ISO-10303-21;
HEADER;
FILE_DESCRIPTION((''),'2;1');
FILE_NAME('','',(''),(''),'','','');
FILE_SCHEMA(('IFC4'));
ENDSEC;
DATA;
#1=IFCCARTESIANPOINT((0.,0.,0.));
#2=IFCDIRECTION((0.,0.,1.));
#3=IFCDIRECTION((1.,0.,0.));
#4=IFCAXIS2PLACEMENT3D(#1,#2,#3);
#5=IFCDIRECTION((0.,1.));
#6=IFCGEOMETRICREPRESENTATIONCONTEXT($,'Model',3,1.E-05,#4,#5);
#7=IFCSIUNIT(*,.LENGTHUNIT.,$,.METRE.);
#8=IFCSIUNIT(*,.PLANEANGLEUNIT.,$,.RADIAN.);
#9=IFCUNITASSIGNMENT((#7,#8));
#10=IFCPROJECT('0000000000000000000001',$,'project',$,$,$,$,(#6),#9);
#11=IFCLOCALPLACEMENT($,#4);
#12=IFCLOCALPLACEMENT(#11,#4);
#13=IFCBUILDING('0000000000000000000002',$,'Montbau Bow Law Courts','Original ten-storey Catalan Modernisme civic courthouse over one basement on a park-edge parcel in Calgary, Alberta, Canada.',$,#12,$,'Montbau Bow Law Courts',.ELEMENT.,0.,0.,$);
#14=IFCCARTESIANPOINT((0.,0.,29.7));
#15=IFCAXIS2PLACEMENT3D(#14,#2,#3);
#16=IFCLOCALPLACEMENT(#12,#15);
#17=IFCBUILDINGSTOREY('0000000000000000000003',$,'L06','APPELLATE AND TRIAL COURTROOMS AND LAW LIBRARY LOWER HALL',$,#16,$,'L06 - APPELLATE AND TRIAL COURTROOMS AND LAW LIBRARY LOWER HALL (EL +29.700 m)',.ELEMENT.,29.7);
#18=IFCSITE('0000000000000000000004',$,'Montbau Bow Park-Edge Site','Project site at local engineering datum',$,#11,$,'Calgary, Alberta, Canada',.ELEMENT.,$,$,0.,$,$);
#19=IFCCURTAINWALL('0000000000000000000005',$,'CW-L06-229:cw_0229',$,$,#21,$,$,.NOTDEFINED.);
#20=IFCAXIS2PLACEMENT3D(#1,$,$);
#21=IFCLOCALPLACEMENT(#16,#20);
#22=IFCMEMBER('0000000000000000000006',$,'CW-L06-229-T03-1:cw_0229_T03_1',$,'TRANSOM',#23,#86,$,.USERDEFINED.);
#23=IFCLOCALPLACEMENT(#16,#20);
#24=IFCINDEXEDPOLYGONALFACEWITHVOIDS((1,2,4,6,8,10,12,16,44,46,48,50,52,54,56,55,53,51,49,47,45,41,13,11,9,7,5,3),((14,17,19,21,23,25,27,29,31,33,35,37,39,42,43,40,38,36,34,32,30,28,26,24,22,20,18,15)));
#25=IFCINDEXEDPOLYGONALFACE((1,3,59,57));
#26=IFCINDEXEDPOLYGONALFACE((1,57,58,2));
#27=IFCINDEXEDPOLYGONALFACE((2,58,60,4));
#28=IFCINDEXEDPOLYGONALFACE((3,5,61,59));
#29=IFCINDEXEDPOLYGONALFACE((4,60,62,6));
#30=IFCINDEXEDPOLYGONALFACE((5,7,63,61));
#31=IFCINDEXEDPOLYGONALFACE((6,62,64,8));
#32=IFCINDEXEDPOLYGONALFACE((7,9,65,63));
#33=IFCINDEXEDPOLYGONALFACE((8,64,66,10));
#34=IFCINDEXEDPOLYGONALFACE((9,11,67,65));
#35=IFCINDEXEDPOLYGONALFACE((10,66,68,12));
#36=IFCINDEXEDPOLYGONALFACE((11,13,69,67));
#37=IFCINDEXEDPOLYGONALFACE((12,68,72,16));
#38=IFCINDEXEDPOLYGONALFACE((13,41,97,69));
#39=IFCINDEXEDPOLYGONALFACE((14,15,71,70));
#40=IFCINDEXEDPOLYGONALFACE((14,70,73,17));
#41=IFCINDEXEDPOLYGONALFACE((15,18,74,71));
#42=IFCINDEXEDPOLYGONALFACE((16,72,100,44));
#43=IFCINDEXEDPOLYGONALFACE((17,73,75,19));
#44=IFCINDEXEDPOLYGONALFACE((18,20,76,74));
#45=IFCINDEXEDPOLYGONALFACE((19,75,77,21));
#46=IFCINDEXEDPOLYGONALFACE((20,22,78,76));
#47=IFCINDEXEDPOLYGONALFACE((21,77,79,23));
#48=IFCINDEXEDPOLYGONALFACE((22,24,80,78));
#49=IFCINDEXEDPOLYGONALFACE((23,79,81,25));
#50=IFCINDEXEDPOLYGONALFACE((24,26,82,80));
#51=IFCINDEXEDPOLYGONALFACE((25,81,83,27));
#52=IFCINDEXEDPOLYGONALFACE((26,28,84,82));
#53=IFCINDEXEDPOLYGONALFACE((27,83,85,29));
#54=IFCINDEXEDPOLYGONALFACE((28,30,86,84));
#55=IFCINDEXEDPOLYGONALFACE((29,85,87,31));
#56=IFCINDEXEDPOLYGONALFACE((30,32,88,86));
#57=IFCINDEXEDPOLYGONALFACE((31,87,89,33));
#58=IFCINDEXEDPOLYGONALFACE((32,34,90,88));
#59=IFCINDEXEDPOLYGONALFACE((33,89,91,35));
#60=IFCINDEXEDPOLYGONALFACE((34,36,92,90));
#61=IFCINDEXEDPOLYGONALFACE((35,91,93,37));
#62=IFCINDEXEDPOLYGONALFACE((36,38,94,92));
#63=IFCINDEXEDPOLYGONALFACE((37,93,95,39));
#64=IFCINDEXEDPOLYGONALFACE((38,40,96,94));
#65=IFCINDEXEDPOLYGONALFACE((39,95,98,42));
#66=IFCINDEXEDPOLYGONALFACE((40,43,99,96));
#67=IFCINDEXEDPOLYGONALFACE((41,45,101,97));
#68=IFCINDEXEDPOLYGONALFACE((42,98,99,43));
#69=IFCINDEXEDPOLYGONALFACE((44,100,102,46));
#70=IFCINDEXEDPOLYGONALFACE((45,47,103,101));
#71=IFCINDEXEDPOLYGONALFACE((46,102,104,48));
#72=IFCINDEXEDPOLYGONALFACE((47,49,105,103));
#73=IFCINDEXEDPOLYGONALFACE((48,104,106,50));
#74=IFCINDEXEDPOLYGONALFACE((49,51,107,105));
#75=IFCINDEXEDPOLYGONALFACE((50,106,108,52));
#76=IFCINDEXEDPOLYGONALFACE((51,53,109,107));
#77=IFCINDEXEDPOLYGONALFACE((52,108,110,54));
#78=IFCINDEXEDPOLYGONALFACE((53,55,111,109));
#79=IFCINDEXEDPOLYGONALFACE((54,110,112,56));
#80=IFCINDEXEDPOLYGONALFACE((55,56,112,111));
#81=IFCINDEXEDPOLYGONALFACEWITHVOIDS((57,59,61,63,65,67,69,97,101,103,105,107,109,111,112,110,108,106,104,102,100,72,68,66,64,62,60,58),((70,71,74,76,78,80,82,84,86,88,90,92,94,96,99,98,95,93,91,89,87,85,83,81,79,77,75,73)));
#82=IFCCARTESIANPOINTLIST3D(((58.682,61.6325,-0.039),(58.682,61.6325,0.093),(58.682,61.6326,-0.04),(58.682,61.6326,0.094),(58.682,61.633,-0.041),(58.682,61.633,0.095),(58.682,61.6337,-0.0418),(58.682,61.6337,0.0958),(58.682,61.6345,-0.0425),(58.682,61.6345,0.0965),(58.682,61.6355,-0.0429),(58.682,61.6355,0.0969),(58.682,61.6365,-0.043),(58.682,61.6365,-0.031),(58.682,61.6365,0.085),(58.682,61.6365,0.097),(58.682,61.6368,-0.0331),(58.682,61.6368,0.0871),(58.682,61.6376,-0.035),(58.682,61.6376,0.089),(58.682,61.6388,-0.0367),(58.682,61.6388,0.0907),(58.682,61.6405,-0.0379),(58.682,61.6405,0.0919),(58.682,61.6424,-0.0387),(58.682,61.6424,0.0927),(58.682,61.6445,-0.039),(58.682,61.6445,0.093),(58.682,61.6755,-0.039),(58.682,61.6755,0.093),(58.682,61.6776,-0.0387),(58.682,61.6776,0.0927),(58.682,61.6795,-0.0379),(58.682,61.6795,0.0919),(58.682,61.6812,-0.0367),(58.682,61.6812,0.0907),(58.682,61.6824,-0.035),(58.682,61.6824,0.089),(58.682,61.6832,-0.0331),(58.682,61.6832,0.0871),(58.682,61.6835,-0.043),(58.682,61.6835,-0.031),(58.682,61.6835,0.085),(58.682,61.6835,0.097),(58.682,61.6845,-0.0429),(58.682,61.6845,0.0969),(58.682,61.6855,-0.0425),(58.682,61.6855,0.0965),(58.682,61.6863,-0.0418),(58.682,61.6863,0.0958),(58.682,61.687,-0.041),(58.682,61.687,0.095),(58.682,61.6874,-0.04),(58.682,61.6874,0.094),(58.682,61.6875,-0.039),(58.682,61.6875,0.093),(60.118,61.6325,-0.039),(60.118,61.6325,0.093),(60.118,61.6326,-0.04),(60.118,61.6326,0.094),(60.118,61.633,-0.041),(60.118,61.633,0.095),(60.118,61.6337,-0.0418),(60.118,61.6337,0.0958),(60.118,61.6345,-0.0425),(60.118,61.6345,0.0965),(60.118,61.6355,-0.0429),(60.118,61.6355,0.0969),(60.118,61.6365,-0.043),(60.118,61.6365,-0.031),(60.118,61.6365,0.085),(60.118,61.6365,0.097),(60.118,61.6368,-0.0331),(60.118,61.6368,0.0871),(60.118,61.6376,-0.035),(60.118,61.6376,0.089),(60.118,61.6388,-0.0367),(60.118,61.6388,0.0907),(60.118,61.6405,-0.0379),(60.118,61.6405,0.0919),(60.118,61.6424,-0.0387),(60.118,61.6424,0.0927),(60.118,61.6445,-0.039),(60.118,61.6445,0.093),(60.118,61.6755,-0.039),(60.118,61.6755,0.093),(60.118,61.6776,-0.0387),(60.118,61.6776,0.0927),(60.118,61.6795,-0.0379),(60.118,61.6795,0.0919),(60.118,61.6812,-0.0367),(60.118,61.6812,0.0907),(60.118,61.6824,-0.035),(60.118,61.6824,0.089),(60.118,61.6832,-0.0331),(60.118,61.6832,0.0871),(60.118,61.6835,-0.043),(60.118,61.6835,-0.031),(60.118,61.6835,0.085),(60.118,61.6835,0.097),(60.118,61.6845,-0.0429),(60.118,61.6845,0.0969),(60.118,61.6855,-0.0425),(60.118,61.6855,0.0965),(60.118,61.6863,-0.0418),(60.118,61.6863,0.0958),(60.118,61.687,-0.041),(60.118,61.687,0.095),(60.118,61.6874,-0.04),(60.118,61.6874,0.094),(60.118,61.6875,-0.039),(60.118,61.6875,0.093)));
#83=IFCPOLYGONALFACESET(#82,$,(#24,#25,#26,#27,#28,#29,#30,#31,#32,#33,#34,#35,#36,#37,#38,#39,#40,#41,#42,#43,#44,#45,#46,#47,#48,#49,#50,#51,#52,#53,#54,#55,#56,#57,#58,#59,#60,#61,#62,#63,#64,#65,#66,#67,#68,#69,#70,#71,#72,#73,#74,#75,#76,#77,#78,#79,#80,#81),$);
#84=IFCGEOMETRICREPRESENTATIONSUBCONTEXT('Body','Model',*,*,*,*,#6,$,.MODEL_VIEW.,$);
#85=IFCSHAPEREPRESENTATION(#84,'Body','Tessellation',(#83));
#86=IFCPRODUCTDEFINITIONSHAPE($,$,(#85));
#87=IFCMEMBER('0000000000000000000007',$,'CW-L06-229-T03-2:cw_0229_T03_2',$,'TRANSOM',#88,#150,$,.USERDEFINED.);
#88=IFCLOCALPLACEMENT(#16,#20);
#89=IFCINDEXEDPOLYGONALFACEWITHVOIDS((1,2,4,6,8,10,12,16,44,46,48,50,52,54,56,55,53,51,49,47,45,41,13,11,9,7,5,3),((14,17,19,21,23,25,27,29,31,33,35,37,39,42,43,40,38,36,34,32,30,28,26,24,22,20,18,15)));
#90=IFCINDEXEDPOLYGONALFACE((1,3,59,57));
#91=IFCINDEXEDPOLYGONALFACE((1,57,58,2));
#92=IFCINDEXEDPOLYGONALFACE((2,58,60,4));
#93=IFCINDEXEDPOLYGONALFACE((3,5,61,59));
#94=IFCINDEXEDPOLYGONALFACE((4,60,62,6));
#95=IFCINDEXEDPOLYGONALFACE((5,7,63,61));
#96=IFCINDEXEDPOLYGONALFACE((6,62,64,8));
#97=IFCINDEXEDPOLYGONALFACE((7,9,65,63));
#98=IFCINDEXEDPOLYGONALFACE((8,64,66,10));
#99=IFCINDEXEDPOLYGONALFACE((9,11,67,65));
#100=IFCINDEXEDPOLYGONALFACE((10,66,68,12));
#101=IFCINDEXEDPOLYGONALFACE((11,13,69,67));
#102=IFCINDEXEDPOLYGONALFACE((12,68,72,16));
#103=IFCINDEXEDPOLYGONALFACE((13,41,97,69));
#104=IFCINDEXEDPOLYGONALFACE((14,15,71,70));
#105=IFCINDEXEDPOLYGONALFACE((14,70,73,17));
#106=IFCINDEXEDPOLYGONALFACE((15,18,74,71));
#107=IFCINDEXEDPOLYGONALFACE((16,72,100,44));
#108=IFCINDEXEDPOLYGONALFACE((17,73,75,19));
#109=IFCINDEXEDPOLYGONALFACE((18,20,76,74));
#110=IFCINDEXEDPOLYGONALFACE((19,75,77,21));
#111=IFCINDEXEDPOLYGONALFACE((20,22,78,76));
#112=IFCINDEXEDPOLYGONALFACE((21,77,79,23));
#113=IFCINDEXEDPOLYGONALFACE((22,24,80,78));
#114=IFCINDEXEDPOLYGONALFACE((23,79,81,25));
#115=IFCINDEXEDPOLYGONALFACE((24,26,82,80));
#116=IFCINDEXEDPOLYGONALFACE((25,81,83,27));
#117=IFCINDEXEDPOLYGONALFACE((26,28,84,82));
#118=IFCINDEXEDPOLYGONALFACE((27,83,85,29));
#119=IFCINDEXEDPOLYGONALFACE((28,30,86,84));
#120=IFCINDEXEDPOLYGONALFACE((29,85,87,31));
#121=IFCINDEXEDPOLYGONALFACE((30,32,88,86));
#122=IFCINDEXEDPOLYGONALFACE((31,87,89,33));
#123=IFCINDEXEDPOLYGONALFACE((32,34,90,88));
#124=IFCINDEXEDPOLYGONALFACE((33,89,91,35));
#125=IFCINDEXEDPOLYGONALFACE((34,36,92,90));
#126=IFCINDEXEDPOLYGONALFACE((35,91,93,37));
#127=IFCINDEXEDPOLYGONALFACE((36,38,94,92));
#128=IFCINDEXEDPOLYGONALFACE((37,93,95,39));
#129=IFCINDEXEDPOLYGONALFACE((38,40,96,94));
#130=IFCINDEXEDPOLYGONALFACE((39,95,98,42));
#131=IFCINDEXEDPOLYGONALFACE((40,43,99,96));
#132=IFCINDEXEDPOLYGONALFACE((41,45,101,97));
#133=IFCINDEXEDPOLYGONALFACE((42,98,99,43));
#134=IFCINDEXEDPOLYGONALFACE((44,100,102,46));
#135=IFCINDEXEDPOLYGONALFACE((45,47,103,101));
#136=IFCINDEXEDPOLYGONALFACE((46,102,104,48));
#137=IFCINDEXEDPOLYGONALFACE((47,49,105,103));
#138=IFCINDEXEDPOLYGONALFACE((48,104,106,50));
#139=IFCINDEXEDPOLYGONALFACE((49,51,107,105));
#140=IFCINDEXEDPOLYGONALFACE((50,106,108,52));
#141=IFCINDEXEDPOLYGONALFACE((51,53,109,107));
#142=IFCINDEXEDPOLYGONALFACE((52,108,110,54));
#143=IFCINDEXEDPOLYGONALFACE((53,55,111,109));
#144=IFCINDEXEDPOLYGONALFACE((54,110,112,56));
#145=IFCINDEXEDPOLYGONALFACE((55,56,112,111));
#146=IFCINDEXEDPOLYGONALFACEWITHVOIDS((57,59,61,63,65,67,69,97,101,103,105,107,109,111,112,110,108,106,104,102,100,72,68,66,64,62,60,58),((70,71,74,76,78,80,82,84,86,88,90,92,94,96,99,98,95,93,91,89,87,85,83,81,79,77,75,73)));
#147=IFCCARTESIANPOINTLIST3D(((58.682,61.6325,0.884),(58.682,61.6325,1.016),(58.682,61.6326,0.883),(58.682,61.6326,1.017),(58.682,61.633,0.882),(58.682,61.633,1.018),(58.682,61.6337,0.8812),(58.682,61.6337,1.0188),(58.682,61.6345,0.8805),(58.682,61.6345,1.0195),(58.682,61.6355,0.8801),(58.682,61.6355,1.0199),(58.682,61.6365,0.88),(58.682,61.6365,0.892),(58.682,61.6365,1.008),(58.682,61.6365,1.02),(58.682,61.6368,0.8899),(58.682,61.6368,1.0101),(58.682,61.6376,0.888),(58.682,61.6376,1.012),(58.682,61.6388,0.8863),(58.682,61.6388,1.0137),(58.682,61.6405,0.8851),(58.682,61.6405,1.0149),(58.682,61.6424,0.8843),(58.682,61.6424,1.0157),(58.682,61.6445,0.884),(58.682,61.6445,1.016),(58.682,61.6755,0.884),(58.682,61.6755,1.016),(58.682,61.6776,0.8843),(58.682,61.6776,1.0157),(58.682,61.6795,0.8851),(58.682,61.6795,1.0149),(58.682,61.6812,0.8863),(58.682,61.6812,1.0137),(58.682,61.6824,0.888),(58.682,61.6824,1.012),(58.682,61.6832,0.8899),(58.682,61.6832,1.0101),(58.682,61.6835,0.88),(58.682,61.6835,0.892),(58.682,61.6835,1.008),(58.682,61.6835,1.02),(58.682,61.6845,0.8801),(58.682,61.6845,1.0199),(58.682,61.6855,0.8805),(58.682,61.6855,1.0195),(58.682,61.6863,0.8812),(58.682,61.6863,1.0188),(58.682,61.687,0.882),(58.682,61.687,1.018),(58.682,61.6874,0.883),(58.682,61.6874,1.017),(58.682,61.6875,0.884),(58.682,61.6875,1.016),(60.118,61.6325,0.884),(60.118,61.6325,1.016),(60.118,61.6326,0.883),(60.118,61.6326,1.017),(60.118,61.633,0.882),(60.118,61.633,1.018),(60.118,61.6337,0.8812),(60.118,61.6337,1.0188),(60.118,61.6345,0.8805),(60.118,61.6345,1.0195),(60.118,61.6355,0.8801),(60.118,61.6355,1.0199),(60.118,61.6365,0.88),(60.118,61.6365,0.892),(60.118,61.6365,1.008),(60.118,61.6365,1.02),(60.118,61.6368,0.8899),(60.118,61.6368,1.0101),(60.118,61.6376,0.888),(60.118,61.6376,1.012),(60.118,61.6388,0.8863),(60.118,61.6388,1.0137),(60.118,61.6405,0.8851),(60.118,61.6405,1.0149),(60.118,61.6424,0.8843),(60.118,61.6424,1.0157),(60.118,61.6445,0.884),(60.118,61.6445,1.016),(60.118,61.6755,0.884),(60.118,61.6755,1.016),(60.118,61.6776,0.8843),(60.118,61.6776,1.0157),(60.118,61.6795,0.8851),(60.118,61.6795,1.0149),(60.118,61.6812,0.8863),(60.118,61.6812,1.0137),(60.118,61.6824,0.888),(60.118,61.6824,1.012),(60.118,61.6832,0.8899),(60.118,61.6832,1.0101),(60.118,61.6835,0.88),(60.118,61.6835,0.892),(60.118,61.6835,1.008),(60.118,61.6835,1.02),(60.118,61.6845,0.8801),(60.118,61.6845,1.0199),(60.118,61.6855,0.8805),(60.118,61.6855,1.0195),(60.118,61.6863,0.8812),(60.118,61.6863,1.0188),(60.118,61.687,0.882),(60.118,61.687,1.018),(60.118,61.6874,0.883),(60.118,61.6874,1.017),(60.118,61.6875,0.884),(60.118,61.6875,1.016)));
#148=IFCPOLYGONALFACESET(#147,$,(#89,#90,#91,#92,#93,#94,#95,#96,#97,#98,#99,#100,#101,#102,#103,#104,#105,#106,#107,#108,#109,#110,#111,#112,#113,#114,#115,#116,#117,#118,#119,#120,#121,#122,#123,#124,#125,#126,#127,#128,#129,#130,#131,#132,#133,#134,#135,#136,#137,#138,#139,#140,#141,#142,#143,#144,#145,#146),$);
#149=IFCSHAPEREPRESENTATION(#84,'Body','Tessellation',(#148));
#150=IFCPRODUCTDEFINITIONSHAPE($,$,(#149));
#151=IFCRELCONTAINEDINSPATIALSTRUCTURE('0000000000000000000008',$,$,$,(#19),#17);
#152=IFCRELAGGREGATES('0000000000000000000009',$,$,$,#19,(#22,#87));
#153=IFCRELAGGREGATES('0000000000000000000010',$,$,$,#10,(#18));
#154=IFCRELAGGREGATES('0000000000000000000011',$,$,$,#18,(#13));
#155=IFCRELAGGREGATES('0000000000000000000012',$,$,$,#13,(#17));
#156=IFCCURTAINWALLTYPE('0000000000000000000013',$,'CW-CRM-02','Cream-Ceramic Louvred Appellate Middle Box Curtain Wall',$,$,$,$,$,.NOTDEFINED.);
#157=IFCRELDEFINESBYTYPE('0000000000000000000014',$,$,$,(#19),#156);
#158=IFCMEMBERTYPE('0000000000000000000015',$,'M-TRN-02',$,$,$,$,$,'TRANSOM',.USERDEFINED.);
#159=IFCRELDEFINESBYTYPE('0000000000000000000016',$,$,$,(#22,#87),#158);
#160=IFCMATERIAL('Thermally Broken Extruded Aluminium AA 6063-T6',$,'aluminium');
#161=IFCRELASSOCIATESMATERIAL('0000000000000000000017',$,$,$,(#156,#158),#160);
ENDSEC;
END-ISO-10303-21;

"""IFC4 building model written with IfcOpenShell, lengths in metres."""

from ifc_helpers import new_model, si_unit, direction, frame, origin_with_axes, origin_2d_with_axis, place, context, subcontext, project, spatial, hollow_rectangle, extrude, material, material_profile, profile_set, type_object, element, aggregate, save


model = new_model("IFC4")

# Units and contexts
model_context = context("Model", 3, precision=1e-05, world=origin_with_axes(), true_north=direction((0.0, 1.0)))
body_context = subcontext(model_context, "Body", "Model", "MODEL_VIEW")
ifc_project = project(units=[si_unit("LENGTHUNIT", "METRE"), si_unit("PLANEANGLEUNIT", "RADIAN")], contexts=[model_context])

# Site, building, storey
site_placement = place(None, origin_with_axes())
site = spatial("IfcSite", under=ifc_project, at=site_placement, Name="Montbau Bow Park-Edge Site", Description="Project site at local engineering datum", LongName="Calgary, Alberta, Canada", CompositionType="ELEMENT", RefElevation=0.0)
building_placement = place(site_placement, origin_with_axes())
building = spatial("IfcBuilding", under=site, at=building_placement, Name="Montbau Bow Law Courts", Description="Original ten-storey Catalan Modernisme civic courthouse over one basement on a park-edge parcel in Calgary, Alberta, Canada.", LongName="Montbau Bow Law Courts", CompositionType="ELEMENT", ElevationOfRefHeight=0.0, ElevationOfTerrain=0.0)
storey_placement = place(building_placement, frame((0.0, 0.0, 29.7), z_axis=(0.0, 0.0, 1.0), x_axis=(1.0, 0.0, 0.0)))
storey = spatial("IfcBuildingStorey", under=building, at=storey_placement, Name="L06", Description="APPELLATE AND TRIAL COURTROOMS AND LAW LIBRARY LOWER HALL", LongName="L06 - APPELLATE AND TRIAL COURTROOMS AND LAW LIBRARY LOWER HALL (EL +29.700 m)", CompositionType="ELEMENT", Elevation=29.7)

# Curtain wall, members
ifc_material_1 = material(Name="Thermally Broken Extruded Aluminium AA 6063-T6", Category="aluminium")
curtain_wall_type = type_object("IfcCurtainWallType", Name="CW-CRM-02", Description="Cream-Ceramic Louvred Appellate Middle Box Curtain Wall", PredefinedType="NOTDEFINED", material=ifc_material_1)
curtain_wall_placement = place(None, frame((55.64, 61.66, 29.7), z_axis=(0.0, 0.0, 1.0), x_axis=(1.0, 0.0, 0.0)))
curtain_wall = element("IfcCurtainWall", 1, at=curtain_wall_placement, inside=storey, type_object=curtain_wall_type, Name="CW-L06-229:cw_0229", PredefinedType="NOTDEFINED")
ifc_material_profile_1 = material_profile(ifc_material_1, hollow_rectangle(XDim=0.055, YDim=0.14, WallThickness=0.004, InnerFilletRadius=0.008, OuterFilletRadius=0.004, at=origin_2d_with_axis()), Name="CWT-140X55", Category="Main", Priority=0)
ifc_profile_set_1 = profile_set([ifc_material_profile_1], Name="Thermally Broken Extruded Aluminium AA 6063-T6")
member_type_1 = type_object("IfcMemberType", Name="M-TRN-02", ElementType="TRANSOM", PredefinedType="USERDEFINED", material=ifc_profile_set_1)
member_1_placement = place(None, frame((58.682, 61.66, 29.727), z_axis=(1.0, 0.0, 0.0), x_axis=(0.0, 1.0, 0.0)))
member_1 = element("IfcMember", 2, at=member_1_placement, type_object=member_type_1, Name="CW-L06-229-T03-1:cw_0229_T03_1", ObjectType="TRANSOM", PredefinedType="USERDEFINED", context=body_context, shape_type="SweptSolid", body=[
    extrude(hollow_rectangle(XDim=0.055, YDim=0.14, WallThickness=0.004, InnerFilletRadius=0.008, OuterFilletRadius=0.004, at=origin_2d_with_axis()), origin_with_axes(), (0.0, 0.0, 1.0), 1.436),
])
member_2_placement = place(None, frame((58.682, 61.66, 30.65), z_axis=(1.0, 0.0, 0.0), x_axis=(0.0, 1.0, 0.0)))
member_2 = element("IfcMember", 3, at=member_2_placement, type_object=member_type_1, Name="CW-L06-229-T03-2:cw_0229_T03_2", ObjectType="TRANSOM", PredefinedType="USERDEFINED", context=body_context, shape_type="SweptSolid", body=[
    extrude(hollow_rectangle(XDim=0.055, YDim=0.14, WallThickness=0.004, InnerFilletRadius=0.008, OuterFilletRadius=0.004, at=origin_2d_with_axis()), origin_with_axes(), (0.0, 0.0, 1.0), 1.436),
])
aggregate(curtain_wall, [member_1, member_2])

save(model, "model.ifc")
